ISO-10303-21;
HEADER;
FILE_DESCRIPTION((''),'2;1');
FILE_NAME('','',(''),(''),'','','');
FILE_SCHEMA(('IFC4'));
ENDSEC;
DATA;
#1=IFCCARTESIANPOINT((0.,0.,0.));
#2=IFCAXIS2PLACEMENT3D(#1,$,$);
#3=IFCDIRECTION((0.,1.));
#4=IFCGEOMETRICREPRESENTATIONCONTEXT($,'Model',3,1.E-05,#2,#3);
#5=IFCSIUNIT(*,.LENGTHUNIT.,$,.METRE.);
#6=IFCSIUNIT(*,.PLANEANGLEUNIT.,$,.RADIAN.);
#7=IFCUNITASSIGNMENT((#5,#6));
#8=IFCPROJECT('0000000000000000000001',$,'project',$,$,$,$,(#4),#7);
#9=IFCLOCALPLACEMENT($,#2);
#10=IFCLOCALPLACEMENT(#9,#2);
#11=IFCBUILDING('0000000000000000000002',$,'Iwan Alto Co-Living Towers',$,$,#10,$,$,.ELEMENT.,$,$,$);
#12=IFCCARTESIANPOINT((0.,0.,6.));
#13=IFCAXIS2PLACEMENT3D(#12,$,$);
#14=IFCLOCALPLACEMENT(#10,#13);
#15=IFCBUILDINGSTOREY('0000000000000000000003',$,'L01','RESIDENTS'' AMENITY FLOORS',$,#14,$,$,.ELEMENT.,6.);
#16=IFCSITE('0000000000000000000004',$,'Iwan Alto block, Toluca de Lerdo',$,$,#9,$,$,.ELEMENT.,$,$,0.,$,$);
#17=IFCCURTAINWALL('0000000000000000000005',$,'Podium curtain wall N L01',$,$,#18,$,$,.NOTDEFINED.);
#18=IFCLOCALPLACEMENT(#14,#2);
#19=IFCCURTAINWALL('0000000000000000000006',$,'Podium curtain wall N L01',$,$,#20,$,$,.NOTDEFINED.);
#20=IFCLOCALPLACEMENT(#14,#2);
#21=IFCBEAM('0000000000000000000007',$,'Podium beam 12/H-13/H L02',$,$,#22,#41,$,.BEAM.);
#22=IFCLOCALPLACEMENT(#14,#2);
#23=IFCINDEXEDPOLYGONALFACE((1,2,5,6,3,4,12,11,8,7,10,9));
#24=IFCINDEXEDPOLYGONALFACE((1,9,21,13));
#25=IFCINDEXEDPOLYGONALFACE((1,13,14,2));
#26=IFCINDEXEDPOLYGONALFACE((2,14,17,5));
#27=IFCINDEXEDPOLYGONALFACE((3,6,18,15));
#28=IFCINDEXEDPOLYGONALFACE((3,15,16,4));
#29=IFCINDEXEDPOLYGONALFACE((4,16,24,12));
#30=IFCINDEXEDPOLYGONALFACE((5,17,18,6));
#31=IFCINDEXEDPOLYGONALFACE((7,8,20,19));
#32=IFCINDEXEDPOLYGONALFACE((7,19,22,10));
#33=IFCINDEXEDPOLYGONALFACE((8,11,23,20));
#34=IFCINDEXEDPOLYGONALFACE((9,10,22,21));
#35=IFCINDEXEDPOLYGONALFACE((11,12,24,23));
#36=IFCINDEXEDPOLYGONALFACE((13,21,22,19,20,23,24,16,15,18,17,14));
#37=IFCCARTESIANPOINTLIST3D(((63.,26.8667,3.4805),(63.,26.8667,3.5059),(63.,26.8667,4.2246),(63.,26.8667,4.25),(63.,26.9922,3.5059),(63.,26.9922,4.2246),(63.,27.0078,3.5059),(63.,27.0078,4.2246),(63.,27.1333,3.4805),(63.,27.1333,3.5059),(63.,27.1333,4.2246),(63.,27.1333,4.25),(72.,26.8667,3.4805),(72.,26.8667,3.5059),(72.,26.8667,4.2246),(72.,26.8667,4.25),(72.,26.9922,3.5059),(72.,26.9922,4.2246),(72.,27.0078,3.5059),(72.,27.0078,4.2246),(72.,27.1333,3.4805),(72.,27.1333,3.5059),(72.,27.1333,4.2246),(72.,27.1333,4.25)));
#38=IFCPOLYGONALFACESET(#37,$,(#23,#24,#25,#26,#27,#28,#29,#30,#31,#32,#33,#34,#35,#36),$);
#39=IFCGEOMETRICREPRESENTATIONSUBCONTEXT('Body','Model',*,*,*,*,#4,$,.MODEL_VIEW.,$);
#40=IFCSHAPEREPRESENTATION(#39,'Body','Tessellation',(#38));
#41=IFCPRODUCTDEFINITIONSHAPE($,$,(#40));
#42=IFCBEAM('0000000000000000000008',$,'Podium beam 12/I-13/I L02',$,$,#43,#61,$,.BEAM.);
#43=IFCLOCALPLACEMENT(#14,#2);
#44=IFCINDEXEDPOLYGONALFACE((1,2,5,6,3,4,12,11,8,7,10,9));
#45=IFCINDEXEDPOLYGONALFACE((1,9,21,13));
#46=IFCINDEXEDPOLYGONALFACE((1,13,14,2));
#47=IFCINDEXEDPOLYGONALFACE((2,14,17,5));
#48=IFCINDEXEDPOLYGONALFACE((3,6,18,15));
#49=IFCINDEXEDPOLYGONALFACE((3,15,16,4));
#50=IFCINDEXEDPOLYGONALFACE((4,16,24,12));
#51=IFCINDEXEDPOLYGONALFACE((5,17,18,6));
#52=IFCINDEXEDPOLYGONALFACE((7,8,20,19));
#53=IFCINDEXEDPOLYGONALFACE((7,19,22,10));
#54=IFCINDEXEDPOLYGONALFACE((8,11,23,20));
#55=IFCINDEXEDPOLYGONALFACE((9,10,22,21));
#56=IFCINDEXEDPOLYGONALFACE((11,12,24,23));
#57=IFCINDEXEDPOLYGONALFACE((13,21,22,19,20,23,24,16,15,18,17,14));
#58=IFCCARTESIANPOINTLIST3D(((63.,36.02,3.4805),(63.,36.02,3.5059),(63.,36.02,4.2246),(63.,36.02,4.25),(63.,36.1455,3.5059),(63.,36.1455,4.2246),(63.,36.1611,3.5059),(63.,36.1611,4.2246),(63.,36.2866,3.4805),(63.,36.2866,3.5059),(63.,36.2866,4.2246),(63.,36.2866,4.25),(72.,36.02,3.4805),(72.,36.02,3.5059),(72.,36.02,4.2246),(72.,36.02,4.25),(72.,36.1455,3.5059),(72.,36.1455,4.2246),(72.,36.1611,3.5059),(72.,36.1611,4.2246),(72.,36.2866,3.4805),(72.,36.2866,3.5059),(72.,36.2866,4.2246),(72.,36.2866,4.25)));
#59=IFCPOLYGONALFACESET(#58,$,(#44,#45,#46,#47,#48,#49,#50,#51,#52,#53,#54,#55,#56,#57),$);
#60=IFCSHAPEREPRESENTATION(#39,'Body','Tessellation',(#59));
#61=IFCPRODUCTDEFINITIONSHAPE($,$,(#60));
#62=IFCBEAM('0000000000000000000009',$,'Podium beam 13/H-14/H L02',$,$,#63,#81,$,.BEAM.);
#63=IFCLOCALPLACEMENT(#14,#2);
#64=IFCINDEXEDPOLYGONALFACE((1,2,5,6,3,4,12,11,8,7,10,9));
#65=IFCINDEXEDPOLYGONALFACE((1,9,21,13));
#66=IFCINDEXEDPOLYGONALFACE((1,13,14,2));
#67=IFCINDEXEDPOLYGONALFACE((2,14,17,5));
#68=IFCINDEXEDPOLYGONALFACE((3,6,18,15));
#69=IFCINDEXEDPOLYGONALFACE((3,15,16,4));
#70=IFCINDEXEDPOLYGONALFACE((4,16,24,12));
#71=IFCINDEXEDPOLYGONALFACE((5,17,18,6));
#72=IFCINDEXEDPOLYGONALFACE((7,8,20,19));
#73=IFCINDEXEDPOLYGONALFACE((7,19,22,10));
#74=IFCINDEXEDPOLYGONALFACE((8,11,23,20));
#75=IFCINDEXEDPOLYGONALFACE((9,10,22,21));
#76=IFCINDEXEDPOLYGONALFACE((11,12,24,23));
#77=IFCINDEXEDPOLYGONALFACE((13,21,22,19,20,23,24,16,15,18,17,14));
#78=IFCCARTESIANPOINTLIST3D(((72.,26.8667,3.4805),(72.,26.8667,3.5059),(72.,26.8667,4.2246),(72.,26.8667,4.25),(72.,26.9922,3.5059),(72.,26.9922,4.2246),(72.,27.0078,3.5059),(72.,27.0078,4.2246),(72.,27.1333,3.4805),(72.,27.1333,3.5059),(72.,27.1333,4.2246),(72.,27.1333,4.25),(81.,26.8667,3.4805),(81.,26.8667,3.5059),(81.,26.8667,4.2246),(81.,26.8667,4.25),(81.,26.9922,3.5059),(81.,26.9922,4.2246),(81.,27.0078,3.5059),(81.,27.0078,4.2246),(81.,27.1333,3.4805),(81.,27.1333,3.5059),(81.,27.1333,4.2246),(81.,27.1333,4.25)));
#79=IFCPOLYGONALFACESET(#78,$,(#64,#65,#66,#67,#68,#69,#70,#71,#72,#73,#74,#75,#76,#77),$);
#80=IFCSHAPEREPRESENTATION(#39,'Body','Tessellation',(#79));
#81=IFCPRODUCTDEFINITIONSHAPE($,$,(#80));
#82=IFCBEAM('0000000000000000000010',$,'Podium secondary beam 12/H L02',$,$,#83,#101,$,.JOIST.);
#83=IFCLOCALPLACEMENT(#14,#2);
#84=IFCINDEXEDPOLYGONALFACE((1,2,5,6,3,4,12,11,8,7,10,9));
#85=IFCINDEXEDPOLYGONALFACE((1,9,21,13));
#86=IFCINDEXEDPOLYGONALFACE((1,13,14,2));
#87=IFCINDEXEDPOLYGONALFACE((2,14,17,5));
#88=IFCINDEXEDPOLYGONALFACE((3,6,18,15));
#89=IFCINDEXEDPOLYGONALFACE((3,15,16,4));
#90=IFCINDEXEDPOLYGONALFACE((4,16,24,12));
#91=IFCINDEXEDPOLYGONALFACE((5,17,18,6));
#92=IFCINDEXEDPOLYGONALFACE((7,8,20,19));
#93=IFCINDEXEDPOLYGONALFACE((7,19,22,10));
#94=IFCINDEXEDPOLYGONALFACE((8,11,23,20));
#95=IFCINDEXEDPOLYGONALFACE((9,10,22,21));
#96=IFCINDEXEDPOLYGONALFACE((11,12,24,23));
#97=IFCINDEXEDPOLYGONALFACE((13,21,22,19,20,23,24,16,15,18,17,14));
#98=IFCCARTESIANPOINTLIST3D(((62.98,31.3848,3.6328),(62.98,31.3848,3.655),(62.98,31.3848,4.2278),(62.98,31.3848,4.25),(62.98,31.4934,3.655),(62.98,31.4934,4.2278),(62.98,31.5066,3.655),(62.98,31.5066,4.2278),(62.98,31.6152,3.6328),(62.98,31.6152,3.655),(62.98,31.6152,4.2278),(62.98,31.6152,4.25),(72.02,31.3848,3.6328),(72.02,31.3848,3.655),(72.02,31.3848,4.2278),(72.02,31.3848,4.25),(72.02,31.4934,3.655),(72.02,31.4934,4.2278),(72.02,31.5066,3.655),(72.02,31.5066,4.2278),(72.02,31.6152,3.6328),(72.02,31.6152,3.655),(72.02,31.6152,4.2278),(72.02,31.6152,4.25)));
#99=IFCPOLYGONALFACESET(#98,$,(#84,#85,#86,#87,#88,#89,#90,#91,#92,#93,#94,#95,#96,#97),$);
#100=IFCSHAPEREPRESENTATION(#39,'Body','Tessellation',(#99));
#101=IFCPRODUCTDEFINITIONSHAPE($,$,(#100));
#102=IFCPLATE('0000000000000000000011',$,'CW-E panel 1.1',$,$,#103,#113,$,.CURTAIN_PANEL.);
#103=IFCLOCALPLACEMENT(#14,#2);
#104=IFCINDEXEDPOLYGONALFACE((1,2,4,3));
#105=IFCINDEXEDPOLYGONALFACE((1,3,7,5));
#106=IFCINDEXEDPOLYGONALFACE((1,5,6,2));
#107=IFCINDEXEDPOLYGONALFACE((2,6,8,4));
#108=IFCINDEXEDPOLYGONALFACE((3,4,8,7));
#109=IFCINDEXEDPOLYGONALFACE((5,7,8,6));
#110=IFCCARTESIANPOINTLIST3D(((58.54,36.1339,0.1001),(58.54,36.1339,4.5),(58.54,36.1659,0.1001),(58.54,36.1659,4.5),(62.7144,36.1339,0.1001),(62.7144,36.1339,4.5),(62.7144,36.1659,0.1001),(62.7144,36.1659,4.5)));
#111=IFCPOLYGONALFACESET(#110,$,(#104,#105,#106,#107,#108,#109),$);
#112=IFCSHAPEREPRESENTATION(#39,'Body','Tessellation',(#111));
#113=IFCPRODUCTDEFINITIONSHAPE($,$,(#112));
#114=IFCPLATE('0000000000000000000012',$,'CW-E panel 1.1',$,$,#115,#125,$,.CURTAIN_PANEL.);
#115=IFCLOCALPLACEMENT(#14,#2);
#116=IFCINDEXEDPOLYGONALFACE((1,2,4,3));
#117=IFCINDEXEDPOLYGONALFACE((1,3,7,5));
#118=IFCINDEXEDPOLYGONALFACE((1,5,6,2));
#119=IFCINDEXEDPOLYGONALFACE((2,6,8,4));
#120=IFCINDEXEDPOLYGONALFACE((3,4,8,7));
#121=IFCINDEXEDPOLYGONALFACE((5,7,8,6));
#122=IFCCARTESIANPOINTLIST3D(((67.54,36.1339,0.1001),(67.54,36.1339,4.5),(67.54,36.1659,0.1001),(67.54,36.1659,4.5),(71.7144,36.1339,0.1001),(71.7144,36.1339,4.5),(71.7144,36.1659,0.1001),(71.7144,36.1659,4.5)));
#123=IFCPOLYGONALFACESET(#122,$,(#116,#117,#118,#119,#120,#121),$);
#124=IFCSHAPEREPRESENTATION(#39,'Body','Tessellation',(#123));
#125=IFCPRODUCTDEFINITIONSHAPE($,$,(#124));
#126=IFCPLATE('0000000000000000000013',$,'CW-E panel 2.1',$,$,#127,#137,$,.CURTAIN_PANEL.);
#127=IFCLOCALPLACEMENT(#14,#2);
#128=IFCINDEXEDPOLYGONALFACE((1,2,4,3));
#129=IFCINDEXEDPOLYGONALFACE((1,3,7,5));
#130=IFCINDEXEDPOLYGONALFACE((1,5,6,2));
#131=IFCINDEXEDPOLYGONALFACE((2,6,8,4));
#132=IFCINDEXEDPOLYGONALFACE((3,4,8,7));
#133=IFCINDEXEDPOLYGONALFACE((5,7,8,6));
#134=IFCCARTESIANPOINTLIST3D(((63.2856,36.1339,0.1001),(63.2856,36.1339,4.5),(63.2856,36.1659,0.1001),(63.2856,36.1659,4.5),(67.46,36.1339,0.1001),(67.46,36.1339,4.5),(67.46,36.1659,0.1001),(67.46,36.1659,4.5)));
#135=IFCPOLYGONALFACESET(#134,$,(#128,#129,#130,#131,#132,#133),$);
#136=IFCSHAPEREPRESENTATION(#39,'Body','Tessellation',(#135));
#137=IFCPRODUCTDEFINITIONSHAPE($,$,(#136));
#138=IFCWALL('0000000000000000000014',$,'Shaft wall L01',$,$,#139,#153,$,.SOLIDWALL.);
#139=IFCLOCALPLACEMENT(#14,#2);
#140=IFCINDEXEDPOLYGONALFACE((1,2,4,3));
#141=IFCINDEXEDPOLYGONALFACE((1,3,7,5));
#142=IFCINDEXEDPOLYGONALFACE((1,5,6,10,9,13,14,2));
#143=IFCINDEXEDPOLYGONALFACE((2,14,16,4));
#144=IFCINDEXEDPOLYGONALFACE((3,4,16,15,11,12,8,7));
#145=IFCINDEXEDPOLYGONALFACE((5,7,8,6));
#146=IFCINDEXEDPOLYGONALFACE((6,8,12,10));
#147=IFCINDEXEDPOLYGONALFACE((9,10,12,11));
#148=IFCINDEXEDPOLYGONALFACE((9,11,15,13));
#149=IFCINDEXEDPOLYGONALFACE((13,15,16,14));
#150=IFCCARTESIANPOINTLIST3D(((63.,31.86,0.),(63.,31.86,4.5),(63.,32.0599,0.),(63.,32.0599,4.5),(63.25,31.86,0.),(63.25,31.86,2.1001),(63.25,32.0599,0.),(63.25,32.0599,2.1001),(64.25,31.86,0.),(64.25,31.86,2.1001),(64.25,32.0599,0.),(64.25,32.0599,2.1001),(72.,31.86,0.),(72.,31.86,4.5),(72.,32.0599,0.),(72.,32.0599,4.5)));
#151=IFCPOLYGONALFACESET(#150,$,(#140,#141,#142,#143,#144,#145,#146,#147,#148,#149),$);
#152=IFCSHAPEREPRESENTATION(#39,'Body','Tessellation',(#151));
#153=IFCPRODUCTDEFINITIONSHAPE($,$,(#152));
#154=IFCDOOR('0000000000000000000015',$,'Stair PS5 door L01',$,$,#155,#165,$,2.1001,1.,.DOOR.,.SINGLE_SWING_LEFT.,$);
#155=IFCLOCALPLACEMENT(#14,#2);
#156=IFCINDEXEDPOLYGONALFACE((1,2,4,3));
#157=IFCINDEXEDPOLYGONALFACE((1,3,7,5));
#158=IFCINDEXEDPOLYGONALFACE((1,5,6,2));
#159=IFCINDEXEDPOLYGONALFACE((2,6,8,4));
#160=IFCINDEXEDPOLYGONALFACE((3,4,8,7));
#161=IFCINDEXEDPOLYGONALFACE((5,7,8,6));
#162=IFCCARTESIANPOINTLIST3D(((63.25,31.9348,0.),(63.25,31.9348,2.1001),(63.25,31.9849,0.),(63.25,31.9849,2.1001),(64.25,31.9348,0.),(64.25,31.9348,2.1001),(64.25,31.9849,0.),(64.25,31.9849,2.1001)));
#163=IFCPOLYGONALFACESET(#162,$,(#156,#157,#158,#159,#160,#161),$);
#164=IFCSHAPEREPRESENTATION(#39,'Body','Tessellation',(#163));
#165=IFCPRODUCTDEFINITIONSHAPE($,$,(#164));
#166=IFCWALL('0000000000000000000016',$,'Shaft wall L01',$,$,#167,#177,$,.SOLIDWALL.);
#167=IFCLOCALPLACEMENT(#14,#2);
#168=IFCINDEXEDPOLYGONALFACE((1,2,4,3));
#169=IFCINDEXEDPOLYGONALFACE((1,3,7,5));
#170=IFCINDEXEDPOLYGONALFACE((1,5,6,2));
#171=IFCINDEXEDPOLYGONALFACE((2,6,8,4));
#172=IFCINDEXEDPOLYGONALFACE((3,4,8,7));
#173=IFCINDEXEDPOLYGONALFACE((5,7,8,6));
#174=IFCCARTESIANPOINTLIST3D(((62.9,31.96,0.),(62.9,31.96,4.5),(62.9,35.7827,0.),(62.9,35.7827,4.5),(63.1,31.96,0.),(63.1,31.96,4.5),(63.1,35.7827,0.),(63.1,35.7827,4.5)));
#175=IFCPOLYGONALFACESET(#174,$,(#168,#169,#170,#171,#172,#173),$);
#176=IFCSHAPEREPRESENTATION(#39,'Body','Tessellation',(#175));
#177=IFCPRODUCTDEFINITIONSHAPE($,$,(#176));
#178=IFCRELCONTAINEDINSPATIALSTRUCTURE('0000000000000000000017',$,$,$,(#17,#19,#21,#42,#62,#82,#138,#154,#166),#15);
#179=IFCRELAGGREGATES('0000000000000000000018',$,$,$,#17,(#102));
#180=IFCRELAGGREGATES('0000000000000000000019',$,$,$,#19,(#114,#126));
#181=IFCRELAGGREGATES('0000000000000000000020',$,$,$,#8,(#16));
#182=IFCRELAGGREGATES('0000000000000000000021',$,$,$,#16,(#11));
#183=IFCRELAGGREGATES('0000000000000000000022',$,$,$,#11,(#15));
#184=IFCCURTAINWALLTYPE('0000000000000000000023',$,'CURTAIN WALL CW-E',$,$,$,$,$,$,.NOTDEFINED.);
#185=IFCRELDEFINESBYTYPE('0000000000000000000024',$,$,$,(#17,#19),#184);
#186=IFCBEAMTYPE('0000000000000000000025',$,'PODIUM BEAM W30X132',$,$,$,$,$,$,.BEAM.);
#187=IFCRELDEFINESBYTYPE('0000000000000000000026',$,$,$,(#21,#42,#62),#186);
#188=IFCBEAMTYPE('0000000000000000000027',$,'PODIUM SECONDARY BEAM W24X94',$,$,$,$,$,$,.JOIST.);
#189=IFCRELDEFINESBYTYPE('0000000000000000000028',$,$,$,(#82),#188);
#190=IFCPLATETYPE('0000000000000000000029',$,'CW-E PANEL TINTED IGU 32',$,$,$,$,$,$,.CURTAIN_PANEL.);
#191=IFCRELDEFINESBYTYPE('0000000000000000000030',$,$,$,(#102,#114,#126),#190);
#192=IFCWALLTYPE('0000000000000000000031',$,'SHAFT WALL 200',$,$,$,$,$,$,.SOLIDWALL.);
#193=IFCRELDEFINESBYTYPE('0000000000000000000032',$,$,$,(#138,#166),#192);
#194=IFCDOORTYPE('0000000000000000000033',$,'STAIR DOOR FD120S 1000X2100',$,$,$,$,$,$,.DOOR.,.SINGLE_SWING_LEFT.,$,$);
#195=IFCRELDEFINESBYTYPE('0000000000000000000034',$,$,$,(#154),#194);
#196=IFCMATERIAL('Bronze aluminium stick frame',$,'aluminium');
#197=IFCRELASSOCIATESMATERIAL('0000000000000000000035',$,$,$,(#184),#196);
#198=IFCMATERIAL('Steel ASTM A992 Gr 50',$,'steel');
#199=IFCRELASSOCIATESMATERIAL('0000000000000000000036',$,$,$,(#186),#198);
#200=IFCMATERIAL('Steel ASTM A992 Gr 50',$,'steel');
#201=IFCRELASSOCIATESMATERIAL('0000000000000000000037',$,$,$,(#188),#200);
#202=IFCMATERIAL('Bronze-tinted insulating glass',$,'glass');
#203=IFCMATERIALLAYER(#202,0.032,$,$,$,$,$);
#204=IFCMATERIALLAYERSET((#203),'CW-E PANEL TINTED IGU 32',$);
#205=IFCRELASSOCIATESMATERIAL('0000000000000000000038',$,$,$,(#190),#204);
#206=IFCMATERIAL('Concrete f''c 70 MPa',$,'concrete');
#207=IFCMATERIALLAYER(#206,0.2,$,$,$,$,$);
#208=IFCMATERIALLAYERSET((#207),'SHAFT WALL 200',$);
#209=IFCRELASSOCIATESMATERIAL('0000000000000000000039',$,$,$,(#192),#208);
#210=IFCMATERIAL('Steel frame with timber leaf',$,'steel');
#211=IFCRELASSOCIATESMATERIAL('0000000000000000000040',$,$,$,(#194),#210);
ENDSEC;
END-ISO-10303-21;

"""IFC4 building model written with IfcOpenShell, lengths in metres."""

from ifc_helpers import new_model, si_unit, direction, frame, frame_2d, origin, origin_2d, place, context, subcontext, project, spatial, rectangle, i_section, extrude, material, layer, layer_set, material_profile, profile_set, type_object, element, fill, aggregate, save


model = new_model("IFC4")

# Units and contexts
model_context = context("Model", 3, precision=1e-05, world=origin(), true_north=direction((0.0, 1.0)))
body_context = subcontext(model_context, "Body", "Model", "MODEL_VIEW")
ifc_project = project(units=[si_unit("LENGTHUNIT", "METRE"), si_unit("PLANEANGLEUNIT", "RADIAN")], contexts=[model_context])

# Site, building, storey
site_placement = place(None, origin())
site = spatial("IfcSite", under=ifc_project, at=site_placement, Name="Iwan Alto block, Toluca de Lerdo", CompositionType="ELEMENT", RefElevation=0.0)
building_placement = place(site_placement, origin())
building = spatial("IfcBuilding", under=site, at=building_placement, Name="Iwan Alto Co-Living Towers", CompositionType="ELEMENT")
storey_placement = place(building_placement, frame((0.0, 0.0, 6.0)))
storey = spatial("IfcBuildingStorey", under=building, at=storey_placement, Name="L01", Description="RESIDENTS' AMENITY FLOORS", CompositionType="ELEMENT", Elevation=6.0)

# Curtain walls
ifc_material_1 = material(Name="Bronze aluminium stick frame", Category="aluminium")
curtain_wall_type = type_object("IfcCurtainWallType", Name="CURTAIN WALL CW-E", PredefinedType="NOTDEFINED", material=ifc_material_1)
curtain_wall_1_placement = place(storey_placement, origin())
curtain_wall_1 = element("IfcCurtainWall", 1, at=curtain_wall_1_placement, inside=storey, type_object=curtain_wall_type, Name="Podium curtain wall N L01", PredefinedType="NOTDEFINED")
curtain_wall_2_placement = place(storey_placement, origin())
curtain_wall_2 = element("IfcCurtainWall", 2, at=curtain_wall_2_placement, inside=storey, type_object=curtain_wall_type, Name="Podium curtain wall N L01", PredefinedType="NOTDEFINED")

# Beams
ifc_material_2 = material(Name="Steel ASTM A992 Gr 50", Category="steel")
ifc_material_profile_1 = material_profile(ifc_material_2, i_section(OverallWidth=0.2666, OverallDepth=0.7695, WebThickness=0.0156, FlangeThickness=0.0254, at=origin_2d()), Name="W30X132")
ifc_profile_set_1 = profile_set([ifc_material_profile_1], Name="Steel ASTM A992 Gr 50")
beam_type_1 = type_object("IfcBeamType", Name="PODIUM BEAM W30X132", PredefinedType="BEAM", material=ifc_profile_set_1)
for number, where, z_axis, x_axis, name in (
    (3, (63.0, 27.0, 3.8652), (1.0, 0.0, 0.0), (0.0, 1.0, 0.0), "Podium beam 12/H-13/H L02"),
    (4, (63.0, 36.1533, 3.8652), (1.0, 0.0, 0.0), (0.0, 1.0, 0.0), "Podium beam 12/I-13/I L02"),
    (5, (72.0, 27.0, 3.8652), (1.0, 0.0, 0.0), (0.0, 1.0, 0.0), "Podium beam 13/H-14/H L02"),
):
    element("IfcBeam", number, at=place(storey_placement, frame(where, z_axis=z_axis, x_axis=x_axis)), inside=storey, type_object=beam_type_1, Name=name, PredefinedType="BEAM", context=body_context, shape_type="SweptSolid", body=[
        extrude(i_section(OverallWidth=0.2666, OverallDepth=0.7695, WebThickness=0.0156, FlangeThickness=0.0254, at=origin_2d()), origin(), (0.0, 0.0, 1.0), 9.0),
    ])
ifc_material_3 = material(Name="Steel ASTM A992 Gr 50", Category="steel")
ifc_material_profile_2 = material_profile(ifc_material_3, i_section(OverallWidth=0.2305, OverallDepth=0.6172, WebThickness=0.0132, FlangeThickness=0.0222, at=origin_2d()), Name="W24X94")
ifc_profile_set_2 = profile_set([ifc_material_profile_2], Name="Steel ASTM A992 Gr 50")
beam_type_2 = type_object("IfcBeamType", Name="PODIUM SECONDARY BEAM W24X94", PredefinedType="JOIST", material=ifc_profile_set_2)
beam_placement = place(storey_placement, frame((62.98, 31.5, 3.9414), z_axis=(1.0, 0.0, 0.0), x_axis=(0.0, 1.0, 0.0)))
element("IfcBeam", 6, at=beam_placement, inside=storey, type_object=beam_type_2, Name="Podium secondary beam 12/H L02", PredefinedType="JOIST", context=body_context, shape_type="SweptSolid", body=[
    extrude(i_section(OverallWidth=0.2305, OverallDepth=0.6172, WebThickness=0.0132, FlangeThickness=0.0222, at=origin_2d()), origin(), (0.0, 0.0, 1.0), 9.04),
])

# Plates
ifc_material_4 = material(Name="Bronze-tinted insulating glass", Category="glass")
ifc_layer_1 = layer(ifc_material_4, 0.032)
ifc_layer_set_1 = layer_set([ifc_layer_1], Name="CW-E PANEL TINTED IGU 32")
plate_type = type_object("IfcPlateType", Name="CW-E PANEL TINTED IGU 32", PredefinedType="CURTAIN_PANEL", material=ifc_layer_set_1)
plate_1_placement = place(storey_placement, frame((60.6272, 36.1499, 0.1001), z_axis=(0.0, 0.0, 1.0), x_axis=(-1.0, 0.0, 0.0)))
plate_1 = element("IfcPlate", 7, at=plate_1_placement, type_object=plate_type, Name="CW-E panel 1.1", PredefinedType="CURTAIN_PANEL", context=body_context, shape_type="SweptSolid", body=[
    extrude(rectangle(XDim=4.1743, YDim=0.032, at=origin_2d()), origin(), (0.0, 0.0, 1.0), 4.3999),
])
aggregate(curtain_wall_1, [plate_1])
plate_2_placement = place(storey_placement, frame((69.6272, 36.1499, 0.1001), z_axis=(0.0, 0.0, 1.0), x_axis=(-1.0, 0.0, 0.0)))
plate_2 = element("IfcPlate", 8, at=plate_2_placement, type_object=plate_type, Name="CW-E panel 1.1", PredefinedType="CURTAIN_PANEL", context=body_context, shape_type="SweptSolid", body=[
    extrude(rectangle(XDim=4.1743, YDim=0.032, at=origin_2d()), origin(), (0.0, 0.0, 1.0), 4.3999),
])
plate_3_placement = place(storey_placement, frame((65.3728, 36.1499, 0.1001), z_axis=(0.0, 0.0, 1.0), x_axis=(-1.0, 0.0, 0.0)))
plate_3 = element("IfcPlate", 9, at=plate_3_placement, type_object=plate_type, Name="CW-E panel 2.1", PredefinedType="CURTAIN_PANEL", context=body_context, shape_type="SweptSolid", body=[
    extrude(rectangle(XDim=4.1743, YDim=0.032, at=origin_2d()), origin(), (0.0, 0.0, 1.0), 4.3999),
])
aggregate(curtain_wall_2, [plate_2, plate_3])

# Wall, opening, door
ifc_material_5 = material(Name="Concrete f'c 70 MPa", Category="concrete")
ifc_layer_2 = layer(ifc_material_5, 0.2)
ifc_layer_set_2 = layer_set([ifc_layer_2], Name="SHAFT WALL 200")
wall_type = type_object("IfcWallType", Name="SHAFT WALL 200", PredefinedType="SOLIDWALL", material=ifc_layer_set_2)
wall_1_placement = place(storey_placement, frame((63.0, 31.96, 0.0), z_axis=(0.0, 0.0, 1.0), x_axis=(1.0, 0.0, 0.0)))
wall_1 = element("IfcWall", 10, at=wall_1_placement, inside=storey, type_object=wall_type, Name="Shaft wall L01", PredefinedType="SOLIDWALL", context=body_context, shape_type="SweptSolid", body=[
    extrude(rectangle(XDim=9.0, YDim=0.2, at=frame_2d((4.5, 0.0))), origin(), (0.0, 0.0, 1.0), 4.5),
])
opening_placement = place(wall_1_placement, frame((0.25, 0.0, 0.0)))
opening = element("IfcOpeningElement", 11, at=opening_placement, cuts=wall_1, PredefinedType="OPENING", context=body_context, shape_type="SweptSolid", body=[
    extrude(rectangle(XDim=1.0, YDim=2.1001, at=frame_2d((0.5, 1.05))), frame((0.0, 0.1099, 0.0), z_axis=(0.0, -1.0, 0.0), x_axis=(1.0, 0.0, 0.0)), (0.0, 0.0, 1.0), 0.22),
])
ifc_material_6 = material(Name="Steel frame with timber leaf", Category="steel")
door_type = type_object("IfcDoorType", Name="STAIR DOOR FD120S 1000X2100", OperationType="SINGLE_SWING_LEFT", PredefinedType="DOOR", material=ifc_material_6)
door_placement = place(opening_placement, origin())
door = element("IfcDoor", 12, at=door_placement, inside=storey, type_object=door_type, Name="Stair PS5 door L01", OperationType="SINGLE_SWING_LEFT", OverallHeight=2.1001, OverallWidth=1.0, PredefinedType="DOOR", context=body_context, shape_type="SweptSolid", body=[
    extrude(rectangle(XDim=1.0, YDim=2.1001, at=frame_2d((0.5, 1.05))), frame((0.0, 0.0249, 0.0), z_axis=(0.0, -1.0, 0.0), x_axis=(1.0, 0.0, 0.0)), (0.0, 0.0, 1.0), 0.05),
])
fill(opening, door)

# Wall
wall_2_placement = place(storey_placement, frame((63.0, 31.96, 0.0), z_axis=(0.0, 0.0, 1.0), x_axis=(0.0, 1.0, 0.0)))
element("IfcWall", 13, at=wall_2_placement, inside=storey, type_object=wall_type, Name="Shaft wall L01", PredefinedType="SOLIDWALL", context=body_context, shape_type="SweptSolid", body=[
    extrude(rectangle(XDim=3.8228, YDim=0.2, at=frame_2d((1.9114, 0.0))), origin(), (0.0, 0.0, 1.0), 4.5),
])

save(model, "model.ifc")
